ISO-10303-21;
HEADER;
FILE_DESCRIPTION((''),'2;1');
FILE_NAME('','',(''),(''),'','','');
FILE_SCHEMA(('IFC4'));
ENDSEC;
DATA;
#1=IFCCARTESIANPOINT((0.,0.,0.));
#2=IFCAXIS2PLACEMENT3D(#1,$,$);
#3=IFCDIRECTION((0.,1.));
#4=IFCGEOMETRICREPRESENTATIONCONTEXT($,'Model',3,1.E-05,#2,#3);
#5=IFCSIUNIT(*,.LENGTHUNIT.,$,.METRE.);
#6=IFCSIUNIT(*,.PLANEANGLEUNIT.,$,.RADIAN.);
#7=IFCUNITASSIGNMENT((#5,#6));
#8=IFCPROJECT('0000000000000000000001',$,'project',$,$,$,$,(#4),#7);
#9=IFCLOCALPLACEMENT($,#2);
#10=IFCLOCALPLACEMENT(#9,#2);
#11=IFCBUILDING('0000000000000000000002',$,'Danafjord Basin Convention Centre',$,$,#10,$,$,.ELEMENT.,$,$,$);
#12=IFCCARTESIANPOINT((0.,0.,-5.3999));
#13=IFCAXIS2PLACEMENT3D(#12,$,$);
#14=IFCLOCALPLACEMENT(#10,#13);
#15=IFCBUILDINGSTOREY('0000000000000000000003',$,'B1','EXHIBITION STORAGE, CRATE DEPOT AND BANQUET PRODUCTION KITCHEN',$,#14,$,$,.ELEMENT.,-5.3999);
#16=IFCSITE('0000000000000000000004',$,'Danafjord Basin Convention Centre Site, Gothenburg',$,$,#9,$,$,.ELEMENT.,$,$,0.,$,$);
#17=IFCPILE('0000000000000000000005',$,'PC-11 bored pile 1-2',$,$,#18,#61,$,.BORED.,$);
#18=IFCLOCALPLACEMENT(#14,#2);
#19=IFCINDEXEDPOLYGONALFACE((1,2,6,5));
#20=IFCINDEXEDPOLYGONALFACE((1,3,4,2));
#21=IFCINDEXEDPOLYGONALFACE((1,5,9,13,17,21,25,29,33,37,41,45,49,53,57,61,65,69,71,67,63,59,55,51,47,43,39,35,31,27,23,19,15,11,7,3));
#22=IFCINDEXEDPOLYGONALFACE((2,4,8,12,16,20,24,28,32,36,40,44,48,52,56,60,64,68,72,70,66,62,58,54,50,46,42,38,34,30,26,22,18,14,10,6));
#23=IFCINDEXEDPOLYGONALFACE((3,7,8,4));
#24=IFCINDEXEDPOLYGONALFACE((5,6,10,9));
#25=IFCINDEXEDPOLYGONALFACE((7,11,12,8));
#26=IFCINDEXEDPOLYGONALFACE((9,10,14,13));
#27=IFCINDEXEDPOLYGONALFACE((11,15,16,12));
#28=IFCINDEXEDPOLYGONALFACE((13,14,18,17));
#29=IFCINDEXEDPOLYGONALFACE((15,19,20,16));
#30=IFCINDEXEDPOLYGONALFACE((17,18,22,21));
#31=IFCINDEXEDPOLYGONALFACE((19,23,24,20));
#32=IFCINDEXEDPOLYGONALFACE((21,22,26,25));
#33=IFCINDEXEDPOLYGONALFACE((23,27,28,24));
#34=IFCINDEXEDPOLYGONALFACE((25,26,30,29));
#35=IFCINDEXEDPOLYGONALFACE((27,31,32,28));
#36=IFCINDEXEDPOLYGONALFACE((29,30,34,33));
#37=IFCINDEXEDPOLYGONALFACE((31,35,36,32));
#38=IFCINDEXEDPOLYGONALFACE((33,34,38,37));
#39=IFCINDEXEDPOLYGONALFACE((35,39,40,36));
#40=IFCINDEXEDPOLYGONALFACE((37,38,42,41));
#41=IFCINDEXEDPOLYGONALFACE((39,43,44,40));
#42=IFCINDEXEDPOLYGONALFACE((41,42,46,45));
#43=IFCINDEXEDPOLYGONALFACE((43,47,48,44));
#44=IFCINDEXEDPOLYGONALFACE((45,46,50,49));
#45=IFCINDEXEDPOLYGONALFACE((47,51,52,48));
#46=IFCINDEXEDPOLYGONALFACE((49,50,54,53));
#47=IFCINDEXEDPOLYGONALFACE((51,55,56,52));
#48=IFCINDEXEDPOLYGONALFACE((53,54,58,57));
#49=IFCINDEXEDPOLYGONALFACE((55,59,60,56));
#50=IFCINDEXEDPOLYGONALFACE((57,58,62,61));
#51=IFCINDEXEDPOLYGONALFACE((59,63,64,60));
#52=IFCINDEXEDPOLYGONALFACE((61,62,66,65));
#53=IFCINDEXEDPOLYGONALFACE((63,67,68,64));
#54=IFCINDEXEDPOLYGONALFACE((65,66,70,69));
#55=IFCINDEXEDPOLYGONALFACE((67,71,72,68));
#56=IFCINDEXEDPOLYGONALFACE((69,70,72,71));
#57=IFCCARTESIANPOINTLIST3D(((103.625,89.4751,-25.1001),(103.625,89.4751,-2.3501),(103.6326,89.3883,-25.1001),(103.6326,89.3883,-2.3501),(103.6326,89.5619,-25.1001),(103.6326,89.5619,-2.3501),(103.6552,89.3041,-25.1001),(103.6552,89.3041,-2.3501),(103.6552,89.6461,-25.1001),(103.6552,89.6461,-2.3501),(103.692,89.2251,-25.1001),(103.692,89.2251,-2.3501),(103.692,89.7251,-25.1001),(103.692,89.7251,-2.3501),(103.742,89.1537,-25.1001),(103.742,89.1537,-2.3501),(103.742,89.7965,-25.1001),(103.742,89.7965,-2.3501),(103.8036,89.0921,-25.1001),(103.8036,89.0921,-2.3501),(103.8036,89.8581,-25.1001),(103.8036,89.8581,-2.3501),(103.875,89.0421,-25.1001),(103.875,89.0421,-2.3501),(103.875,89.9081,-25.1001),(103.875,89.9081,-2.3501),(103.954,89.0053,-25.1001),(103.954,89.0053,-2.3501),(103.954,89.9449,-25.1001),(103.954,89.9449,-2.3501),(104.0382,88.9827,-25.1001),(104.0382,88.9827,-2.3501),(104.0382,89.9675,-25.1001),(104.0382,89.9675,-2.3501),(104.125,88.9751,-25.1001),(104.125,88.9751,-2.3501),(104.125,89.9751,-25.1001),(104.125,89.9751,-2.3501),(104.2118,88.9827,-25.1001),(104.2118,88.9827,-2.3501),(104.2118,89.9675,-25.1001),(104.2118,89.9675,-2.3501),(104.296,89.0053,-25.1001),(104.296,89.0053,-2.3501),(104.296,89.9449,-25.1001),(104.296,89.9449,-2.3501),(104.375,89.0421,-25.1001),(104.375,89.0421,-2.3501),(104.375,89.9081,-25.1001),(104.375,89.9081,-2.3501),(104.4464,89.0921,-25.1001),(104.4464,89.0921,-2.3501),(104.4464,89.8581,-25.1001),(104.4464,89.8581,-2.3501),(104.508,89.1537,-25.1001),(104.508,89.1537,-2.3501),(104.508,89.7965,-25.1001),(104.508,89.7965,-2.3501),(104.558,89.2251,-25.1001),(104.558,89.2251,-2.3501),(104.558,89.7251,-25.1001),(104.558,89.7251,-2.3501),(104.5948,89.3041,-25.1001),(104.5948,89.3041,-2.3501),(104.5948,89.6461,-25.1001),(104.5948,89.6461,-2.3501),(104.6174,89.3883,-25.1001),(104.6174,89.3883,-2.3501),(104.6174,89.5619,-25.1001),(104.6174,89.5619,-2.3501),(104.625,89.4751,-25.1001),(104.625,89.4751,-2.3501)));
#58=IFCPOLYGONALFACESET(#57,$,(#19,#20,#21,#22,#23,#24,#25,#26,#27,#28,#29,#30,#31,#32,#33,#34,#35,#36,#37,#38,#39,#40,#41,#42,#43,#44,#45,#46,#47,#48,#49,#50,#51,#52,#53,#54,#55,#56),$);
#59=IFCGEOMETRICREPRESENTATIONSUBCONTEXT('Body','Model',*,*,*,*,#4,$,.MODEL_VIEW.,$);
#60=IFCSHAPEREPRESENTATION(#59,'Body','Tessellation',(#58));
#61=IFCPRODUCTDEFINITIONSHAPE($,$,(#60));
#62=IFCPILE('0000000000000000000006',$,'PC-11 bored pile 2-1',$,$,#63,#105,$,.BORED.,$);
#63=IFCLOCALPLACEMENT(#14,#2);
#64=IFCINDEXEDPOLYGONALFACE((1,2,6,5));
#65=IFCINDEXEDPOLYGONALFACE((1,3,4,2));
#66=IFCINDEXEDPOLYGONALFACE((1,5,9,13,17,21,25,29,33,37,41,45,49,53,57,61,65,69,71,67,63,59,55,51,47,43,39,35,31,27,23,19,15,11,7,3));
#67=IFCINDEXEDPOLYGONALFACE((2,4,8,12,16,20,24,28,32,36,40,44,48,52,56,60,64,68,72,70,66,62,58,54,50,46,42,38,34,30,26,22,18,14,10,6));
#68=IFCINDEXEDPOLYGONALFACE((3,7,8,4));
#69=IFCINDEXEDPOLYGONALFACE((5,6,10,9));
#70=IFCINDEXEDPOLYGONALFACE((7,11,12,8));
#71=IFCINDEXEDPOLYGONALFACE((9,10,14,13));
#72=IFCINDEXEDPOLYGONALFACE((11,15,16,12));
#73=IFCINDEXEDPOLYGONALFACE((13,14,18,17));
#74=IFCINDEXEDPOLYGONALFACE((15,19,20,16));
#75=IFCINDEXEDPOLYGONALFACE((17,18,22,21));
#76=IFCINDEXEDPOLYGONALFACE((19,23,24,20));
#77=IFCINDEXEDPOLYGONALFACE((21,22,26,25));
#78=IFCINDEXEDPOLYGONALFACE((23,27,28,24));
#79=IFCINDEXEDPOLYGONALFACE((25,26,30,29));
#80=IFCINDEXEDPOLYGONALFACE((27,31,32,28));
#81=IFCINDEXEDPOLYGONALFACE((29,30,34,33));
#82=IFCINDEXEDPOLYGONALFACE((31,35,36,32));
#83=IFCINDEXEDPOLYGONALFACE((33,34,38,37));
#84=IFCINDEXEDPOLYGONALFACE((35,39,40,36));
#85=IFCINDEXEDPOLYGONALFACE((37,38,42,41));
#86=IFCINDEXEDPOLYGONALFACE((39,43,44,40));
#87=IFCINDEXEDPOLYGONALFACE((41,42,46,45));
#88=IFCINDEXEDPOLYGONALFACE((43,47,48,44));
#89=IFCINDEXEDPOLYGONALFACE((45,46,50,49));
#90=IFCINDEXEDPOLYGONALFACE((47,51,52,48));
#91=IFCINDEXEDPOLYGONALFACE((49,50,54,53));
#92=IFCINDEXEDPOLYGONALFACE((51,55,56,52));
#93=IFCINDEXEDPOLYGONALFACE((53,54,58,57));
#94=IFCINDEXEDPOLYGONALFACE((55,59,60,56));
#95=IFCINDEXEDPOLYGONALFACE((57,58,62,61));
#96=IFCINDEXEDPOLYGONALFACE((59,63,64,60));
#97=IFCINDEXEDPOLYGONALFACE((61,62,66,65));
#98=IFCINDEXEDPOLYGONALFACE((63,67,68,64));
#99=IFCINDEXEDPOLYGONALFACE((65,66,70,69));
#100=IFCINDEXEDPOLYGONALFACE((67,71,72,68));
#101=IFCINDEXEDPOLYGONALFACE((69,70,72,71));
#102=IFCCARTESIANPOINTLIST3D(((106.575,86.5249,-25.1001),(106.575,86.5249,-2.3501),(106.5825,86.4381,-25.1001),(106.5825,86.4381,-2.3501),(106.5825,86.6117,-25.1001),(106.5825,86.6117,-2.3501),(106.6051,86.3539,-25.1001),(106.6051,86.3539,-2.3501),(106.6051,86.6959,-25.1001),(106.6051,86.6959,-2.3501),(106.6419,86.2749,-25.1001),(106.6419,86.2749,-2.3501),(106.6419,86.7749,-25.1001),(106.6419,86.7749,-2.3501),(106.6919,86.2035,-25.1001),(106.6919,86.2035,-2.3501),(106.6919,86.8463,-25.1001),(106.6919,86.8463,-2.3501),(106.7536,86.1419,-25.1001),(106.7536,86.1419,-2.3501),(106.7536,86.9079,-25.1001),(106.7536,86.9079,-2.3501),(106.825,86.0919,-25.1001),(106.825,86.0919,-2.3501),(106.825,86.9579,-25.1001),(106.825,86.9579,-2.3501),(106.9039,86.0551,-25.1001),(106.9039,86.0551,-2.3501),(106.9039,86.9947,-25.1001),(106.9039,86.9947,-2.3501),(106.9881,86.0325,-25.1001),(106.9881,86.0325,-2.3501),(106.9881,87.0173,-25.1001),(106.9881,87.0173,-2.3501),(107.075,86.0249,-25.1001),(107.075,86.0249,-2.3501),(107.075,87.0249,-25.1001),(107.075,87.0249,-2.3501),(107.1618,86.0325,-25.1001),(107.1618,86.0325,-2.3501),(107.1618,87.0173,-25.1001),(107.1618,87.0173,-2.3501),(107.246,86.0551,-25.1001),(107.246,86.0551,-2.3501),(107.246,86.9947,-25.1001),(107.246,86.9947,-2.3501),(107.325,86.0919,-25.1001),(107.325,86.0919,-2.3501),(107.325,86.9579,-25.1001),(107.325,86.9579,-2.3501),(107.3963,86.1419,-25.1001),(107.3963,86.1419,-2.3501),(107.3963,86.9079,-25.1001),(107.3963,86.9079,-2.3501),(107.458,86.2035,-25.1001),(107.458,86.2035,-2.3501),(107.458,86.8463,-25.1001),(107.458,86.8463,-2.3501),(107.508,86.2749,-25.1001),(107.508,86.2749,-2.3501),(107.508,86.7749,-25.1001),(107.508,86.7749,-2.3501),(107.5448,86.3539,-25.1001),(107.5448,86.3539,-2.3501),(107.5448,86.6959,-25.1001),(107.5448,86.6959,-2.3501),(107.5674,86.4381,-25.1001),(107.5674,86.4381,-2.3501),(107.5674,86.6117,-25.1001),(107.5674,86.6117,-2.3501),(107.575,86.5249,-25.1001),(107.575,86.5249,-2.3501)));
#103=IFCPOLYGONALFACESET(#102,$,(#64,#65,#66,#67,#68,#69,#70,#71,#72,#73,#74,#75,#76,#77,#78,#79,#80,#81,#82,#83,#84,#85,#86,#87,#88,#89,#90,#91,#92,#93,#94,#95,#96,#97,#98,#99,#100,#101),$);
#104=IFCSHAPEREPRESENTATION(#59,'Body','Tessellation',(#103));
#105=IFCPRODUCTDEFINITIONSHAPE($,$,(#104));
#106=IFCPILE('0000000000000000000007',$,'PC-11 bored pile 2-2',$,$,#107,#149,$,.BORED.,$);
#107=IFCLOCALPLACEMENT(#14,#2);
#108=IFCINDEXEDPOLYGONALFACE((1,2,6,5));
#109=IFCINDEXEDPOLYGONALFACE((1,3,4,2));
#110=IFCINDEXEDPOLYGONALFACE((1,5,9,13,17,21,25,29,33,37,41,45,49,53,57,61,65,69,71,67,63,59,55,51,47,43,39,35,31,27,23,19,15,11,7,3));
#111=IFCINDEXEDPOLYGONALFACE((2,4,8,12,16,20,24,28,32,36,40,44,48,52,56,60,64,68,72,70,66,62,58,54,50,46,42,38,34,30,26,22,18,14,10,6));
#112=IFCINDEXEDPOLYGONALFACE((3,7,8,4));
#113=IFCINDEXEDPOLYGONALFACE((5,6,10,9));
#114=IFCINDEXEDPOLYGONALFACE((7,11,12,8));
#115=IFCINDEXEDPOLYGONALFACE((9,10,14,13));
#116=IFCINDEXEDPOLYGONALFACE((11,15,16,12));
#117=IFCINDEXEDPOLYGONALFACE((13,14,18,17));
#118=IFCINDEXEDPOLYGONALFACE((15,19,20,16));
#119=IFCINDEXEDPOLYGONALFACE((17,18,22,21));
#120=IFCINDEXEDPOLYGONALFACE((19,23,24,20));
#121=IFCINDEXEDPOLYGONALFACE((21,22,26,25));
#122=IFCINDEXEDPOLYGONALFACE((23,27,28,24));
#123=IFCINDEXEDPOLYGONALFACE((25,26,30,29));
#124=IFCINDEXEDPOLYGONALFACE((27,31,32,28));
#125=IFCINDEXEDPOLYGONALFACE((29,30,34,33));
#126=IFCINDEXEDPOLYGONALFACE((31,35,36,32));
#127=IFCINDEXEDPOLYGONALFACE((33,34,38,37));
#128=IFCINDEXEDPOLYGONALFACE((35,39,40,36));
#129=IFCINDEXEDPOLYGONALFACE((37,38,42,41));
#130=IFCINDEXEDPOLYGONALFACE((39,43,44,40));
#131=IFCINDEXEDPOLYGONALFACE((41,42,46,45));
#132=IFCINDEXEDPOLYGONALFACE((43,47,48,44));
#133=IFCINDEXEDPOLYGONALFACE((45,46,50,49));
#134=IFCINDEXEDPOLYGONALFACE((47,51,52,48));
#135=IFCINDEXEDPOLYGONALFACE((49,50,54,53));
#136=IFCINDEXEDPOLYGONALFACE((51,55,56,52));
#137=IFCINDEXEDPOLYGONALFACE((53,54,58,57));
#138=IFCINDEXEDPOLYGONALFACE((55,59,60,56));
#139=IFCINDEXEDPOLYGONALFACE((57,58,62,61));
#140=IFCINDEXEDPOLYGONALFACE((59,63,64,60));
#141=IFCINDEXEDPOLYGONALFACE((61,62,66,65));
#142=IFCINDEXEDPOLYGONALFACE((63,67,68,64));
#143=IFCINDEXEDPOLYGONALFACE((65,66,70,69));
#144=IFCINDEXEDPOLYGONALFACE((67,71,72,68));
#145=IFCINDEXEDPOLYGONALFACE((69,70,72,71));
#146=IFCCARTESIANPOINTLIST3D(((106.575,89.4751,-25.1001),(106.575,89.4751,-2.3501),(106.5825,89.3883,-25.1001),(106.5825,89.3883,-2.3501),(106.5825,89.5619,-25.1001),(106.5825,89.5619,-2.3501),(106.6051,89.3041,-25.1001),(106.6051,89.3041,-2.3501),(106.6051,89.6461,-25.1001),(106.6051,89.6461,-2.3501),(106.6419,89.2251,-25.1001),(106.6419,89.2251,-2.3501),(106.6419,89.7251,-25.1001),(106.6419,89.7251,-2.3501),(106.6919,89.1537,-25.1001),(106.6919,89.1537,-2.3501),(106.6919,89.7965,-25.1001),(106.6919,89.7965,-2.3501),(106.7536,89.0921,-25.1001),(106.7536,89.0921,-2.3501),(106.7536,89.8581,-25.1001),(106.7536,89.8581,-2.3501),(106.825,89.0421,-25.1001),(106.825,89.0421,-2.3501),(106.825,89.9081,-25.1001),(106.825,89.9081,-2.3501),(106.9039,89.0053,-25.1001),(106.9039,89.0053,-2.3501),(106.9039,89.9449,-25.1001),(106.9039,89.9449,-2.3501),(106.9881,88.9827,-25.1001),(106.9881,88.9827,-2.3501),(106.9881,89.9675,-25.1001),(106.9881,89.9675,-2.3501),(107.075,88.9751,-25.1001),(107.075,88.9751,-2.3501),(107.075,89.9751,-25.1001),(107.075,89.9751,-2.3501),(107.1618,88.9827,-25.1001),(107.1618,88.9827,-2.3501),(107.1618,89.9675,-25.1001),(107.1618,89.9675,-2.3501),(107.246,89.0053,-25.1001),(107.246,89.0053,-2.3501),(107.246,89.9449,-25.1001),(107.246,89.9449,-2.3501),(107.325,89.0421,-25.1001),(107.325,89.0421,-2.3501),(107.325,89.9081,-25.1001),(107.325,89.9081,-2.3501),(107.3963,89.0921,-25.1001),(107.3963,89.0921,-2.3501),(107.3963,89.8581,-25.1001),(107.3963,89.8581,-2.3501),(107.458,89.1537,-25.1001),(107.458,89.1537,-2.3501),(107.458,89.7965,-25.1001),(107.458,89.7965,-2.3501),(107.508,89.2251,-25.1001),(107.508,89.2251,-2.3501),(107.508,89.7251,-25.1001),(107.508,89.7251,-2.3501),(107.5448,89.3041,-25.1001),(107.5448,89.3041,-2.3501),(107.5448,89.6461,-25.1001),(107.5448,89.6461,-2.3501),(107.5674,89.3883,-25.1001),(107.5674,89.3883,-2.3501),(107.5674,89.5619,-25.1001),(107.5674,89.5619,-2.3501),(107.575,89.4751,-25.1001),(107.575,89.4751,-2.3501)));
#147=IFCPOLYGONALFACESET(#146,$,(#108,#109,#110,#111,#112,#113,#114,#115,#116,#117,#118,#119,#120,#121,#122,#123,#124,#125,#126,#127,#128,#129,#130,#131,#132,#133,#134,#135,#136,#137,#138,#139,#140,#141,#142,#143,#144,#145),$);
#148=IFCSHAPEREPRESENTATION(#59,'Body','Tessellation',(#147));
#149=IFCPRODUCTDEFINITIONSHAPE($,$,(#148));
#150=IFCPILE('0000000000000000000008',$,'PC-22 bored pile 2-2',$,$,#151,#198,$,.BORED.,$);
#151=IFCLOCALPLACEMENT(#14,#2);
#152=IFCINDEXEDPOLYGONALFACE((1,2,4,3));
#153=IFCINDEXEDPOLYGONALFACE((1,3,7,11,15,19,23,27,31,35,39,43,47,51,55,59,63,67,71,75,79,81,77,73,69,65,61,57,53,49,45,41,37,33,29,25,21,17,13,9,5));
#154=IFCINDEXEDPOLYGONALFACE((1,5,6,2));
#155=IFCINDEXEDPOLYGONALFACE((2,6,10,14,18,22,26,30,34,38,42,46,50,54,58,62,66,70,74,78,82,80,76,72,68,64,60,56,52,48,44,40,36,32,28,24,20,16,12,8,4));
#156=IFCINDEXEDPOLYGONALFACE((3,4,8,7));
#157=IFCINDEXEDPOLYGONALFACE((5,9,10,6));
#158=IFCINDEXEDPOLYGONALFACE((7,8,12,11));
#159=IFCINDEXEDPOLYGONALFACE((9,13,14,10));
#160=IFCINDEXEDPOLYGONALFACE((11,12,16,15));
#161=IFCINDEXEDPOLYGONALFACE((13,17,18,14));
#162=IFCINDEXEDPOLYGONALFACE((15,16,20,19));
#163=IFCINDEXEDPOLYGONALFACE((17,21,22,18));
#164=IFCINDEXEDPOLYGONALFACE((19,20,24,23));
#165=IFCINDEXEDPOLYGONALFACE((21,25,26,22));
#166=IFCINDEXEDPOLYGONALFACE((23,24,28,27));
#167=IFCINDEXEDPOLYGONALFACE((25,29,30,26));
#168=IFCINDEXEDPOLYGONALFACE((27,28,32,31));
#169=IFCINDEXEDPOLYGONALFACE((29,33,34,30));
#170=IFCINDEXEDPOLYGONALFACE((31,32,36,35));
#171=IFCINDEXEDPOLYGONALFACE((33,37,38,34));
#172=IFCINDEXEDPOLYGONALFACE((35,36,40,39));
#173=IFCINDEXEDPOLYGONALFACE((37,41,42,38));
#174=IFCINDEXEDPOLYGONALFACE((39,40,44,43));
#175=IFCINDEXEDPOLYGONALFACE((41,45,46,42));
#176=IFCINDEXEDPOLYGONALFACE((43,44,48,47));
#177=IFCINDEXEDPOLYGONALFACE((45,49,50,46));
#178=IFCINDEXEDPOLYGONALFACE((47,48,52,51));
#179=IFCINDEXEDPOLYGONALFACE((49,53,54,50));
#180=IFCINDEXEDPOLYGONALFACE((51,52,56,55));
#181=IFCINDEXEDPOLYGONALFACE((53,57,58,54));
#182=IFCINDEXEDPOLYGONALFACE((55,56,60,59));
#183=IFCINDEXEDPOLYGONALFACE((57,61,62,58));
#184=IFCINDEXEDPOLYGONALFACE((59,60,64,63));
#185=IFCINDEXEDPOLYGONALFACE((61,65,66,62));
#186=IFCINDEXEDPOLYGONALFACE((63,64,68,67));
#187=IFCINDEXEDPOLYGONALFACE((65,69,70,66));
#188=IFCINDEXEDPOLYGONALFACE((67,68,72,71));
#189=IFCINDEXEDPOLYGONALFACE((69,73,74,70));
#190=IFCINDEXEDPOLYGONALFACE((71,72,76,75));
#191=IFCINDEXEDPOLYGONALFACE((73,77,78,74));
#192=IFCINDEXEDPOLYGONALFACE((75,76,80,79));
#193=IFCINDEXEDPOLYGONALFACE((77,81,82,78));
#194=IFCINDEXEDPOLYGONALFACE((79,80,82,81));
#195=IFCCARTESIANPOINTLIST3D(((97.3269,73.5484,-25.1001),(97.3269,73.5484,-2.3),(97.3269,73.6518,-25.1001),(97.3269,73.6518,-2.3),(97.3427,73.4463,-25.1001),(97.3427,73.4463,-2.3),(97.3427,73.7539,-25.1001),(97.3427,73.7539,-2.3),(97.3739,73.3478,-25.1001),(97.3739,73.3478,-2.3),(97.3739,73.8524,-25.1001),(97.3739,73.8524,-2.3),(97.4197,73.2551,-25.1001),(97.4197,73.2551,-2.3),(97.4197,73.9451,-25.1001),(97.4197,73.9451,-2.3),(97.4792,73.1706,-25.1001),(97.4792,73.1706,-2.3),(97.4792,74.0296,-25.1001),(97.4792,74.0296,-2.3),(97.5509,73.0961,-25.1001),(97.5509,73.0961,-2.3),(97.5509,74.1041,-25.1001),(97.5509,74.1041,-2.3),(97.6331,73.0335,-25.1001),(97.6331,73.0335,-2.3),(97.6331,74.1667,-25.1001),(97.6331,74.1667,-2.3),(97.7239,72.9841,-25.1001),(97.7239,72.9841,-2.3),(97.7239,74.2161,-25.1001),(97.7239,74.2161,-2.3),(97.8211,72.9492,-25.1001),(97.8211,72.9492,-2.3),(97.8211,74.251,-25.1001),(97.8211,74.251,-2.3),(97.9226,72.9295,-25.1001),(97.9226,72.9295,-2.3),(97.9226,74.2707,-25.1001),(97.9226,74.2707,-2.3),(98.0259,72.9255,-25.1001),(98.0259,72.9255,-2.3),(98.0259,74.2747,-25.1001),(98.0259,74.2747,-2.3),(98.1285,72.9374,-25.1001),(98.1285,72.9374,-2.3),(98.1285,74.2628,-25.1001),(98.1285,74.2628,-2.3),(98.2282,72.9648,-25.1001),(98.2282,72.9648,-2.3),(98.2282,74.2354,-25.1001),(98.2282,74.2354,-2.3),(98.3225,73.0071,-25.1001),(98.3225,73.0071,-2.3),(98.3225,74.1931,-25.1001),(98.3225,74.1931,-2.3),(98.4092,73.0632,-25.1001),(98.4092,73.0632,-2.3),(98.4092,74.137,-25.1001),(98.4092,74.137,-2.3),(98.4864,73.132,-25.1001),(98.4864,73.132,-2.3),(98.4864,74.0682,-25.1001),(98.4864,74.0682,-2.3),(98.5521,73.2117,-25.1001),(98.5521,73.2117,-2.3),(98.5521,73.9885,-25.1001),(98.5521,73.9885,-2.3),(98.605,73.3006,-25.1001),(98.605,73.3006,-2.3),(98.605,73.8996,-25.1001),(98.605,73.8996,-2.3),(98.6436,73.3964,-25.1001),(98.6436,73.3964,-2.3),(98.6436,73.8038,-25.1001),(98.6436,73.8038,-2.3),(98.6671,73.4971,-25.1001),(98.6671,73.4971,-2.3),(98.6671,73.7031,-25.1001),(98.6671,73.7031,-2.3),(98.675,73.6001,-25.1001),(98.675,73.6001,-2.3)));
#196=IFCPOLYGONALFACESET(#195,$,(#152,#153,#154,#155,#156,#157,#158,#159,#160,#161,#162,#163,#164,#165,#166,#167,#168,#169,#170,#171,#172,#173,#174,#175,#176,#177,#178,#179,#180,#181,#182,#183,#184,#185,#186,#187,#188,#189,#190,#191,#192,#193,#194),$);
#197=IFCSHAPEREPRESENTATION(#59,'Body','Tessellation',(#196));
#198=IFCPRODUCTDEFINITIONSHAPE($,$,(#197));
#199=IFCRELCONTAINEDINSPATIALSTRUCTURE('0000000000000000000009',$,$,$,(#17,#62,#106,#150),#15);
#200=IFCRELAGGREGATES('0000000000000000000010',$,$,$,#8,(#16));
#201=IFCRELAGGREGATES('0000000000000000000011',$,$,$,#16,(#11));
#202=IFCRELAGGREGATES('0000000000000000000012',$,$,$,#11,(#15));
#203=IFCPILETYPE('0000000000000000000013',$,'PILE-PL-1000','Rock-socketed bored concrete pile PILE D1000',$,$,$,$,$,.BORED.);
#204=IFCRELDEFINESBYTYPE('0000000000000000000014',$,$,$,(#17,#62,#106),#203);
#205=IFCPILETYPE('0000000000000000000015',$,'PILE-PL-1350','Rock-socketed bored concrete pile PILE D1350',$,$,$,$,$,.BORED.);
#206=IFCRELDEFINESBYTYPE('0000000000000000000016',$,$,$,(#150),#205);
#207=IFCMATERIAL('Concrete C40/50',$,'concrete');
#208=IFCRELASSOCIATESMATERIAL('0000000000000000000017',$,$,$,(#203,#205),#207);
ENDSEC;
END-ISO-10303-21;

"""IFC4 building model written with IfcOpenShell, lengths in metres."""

from ifc_helpers import new_model, si_unit, direction, frame, origin, origin_2d, place, context, subcontext, project, spatial, circle, extrude, material, material_profile, profile_set, type_object, element, save


model = new_model("IFC4")

# Units and contexts
model_context = context("Model", 3, precision=1e-05, world=origin(), true_north=direction((0.0, 1.0)))
body_context = subcontext(model_context, "Body", "Model", "MODEL_VIEW")
ifc_project = project(units=[si_unit("LENGTHUNIT", "METRE"), si_unit("PLANEANGLEUNIT", "RADIAN")], contexts=[model_context])

# Site, building, storey
site_placement = place(None, origin())
site = spatial("IfcSite", under=ifc_project, at=site_placement, Name="Danafjord Basin Convention Centre Site, Gothenburg", CompositionType="ELEMENT", RefElevation=0.0)
building_placement = place(site_placement, origin())
building = spatial("IfcBuilding", under=site, at=building_placement, Name="Danafjord Basin Convention Centre", CompositionType="ELEMENT")
storey_placement = place(building_placement, frame((0.0, 0.0, -5.3999)))
storey = spatial("IfcBuildingStorey", under=building, at=storey_placement, Name="B1", Description="EXHIBITION STORAGE, CRATE DEPOT AND BANQUET PRODUCTION KITCHEN", CompositionType="ELEMENT", Elevation=-5.3999)

# Shared definitions
ifc_material_1 = material(Name="Concrete C40/50", Category="concrete")

# Piles
ifc_material_profile_1 = material_profile(ifc_material_1, circle(Radius=0.5, at=origin_2d()), Name="PILE D1000")
ifc_profile_set_1 = profile_set([ifc_material_profile_1], Name="Concrete C40/50")
pile_type_1 = type_object("IfcPileType", Name="PILE-PL-1000", Description="Rock-socketed bored concrete pile PILE D1000", PredefinedType="BORED", material=ifc_profile_set_1)
for number, where, z_axis, x_axis, name in (
    (1, (104.125, 89.4751, -2.3501), (0.0, 0.0, -1.0), (1.0, 0.0, 0.0), "PC-11 bored pile 1-2"),
    (2, (107.075, 86.5249, -2.3501), (0.0, 0.0, -1.0), (1.0, 0.0, 0.0), "PC-11 bored pile 2-1"),
    (3, (107.075, 89.4751, -2.3501), (0.0, 0.0, -1.0), (1.0, 0.0, 0.0), "PC-11 bored pile 2-2"),
):
    element("IfcPile", number, at=place(storey_placement, frame(where, z_axis=z_axis, x_axis=x_axis)), inside=storey, type_object=pile_type_1, Name=name, PredefinedType="BORED", context=body_context, shape_type="SweptSolid", body=[
        extrude(circle(Radius=0.5, at=origin_2d()), origin(), (0.0, 0.0, 1.0), 22.75),
    ])
ifc_material_profile_2 = material_profile(ifc_material_1, circle(Radius=0.675, at=origin_2d()), Name="PILE D1350")
ifc_profile_set_2 = profile_set([ifc_material_profile_2], Name="Concrete C40/50")
pile_type_2 = type_object("IfcPileType", Name="PILE-PL-1350", Description="Rock-socketed bored concrete pile PILE D1350", PredefinedType="BORED", material=ifc_profile_set_2)
pile_1_placement = place(storey_placement, frame((98.0, 73.6001, -2.3), z_axis=(0.0, 0.0, -1.0), x_axis=(1.0, 0.0, 0.0)))
element("IfcPile", 4, at=pile_1_placement, inside=storey, type_object=pile_type_2, Name="PC-22 bored pile 2-2", PredefinedType="BORED", context=body_context, shape_type="SweptSolid", body=[
    extrude(circle(Radius=0.675, at=origin_2d()), origin(), (0.0, 0.0, 1.0), 22.8),
])

save(model, "model.ifc")
